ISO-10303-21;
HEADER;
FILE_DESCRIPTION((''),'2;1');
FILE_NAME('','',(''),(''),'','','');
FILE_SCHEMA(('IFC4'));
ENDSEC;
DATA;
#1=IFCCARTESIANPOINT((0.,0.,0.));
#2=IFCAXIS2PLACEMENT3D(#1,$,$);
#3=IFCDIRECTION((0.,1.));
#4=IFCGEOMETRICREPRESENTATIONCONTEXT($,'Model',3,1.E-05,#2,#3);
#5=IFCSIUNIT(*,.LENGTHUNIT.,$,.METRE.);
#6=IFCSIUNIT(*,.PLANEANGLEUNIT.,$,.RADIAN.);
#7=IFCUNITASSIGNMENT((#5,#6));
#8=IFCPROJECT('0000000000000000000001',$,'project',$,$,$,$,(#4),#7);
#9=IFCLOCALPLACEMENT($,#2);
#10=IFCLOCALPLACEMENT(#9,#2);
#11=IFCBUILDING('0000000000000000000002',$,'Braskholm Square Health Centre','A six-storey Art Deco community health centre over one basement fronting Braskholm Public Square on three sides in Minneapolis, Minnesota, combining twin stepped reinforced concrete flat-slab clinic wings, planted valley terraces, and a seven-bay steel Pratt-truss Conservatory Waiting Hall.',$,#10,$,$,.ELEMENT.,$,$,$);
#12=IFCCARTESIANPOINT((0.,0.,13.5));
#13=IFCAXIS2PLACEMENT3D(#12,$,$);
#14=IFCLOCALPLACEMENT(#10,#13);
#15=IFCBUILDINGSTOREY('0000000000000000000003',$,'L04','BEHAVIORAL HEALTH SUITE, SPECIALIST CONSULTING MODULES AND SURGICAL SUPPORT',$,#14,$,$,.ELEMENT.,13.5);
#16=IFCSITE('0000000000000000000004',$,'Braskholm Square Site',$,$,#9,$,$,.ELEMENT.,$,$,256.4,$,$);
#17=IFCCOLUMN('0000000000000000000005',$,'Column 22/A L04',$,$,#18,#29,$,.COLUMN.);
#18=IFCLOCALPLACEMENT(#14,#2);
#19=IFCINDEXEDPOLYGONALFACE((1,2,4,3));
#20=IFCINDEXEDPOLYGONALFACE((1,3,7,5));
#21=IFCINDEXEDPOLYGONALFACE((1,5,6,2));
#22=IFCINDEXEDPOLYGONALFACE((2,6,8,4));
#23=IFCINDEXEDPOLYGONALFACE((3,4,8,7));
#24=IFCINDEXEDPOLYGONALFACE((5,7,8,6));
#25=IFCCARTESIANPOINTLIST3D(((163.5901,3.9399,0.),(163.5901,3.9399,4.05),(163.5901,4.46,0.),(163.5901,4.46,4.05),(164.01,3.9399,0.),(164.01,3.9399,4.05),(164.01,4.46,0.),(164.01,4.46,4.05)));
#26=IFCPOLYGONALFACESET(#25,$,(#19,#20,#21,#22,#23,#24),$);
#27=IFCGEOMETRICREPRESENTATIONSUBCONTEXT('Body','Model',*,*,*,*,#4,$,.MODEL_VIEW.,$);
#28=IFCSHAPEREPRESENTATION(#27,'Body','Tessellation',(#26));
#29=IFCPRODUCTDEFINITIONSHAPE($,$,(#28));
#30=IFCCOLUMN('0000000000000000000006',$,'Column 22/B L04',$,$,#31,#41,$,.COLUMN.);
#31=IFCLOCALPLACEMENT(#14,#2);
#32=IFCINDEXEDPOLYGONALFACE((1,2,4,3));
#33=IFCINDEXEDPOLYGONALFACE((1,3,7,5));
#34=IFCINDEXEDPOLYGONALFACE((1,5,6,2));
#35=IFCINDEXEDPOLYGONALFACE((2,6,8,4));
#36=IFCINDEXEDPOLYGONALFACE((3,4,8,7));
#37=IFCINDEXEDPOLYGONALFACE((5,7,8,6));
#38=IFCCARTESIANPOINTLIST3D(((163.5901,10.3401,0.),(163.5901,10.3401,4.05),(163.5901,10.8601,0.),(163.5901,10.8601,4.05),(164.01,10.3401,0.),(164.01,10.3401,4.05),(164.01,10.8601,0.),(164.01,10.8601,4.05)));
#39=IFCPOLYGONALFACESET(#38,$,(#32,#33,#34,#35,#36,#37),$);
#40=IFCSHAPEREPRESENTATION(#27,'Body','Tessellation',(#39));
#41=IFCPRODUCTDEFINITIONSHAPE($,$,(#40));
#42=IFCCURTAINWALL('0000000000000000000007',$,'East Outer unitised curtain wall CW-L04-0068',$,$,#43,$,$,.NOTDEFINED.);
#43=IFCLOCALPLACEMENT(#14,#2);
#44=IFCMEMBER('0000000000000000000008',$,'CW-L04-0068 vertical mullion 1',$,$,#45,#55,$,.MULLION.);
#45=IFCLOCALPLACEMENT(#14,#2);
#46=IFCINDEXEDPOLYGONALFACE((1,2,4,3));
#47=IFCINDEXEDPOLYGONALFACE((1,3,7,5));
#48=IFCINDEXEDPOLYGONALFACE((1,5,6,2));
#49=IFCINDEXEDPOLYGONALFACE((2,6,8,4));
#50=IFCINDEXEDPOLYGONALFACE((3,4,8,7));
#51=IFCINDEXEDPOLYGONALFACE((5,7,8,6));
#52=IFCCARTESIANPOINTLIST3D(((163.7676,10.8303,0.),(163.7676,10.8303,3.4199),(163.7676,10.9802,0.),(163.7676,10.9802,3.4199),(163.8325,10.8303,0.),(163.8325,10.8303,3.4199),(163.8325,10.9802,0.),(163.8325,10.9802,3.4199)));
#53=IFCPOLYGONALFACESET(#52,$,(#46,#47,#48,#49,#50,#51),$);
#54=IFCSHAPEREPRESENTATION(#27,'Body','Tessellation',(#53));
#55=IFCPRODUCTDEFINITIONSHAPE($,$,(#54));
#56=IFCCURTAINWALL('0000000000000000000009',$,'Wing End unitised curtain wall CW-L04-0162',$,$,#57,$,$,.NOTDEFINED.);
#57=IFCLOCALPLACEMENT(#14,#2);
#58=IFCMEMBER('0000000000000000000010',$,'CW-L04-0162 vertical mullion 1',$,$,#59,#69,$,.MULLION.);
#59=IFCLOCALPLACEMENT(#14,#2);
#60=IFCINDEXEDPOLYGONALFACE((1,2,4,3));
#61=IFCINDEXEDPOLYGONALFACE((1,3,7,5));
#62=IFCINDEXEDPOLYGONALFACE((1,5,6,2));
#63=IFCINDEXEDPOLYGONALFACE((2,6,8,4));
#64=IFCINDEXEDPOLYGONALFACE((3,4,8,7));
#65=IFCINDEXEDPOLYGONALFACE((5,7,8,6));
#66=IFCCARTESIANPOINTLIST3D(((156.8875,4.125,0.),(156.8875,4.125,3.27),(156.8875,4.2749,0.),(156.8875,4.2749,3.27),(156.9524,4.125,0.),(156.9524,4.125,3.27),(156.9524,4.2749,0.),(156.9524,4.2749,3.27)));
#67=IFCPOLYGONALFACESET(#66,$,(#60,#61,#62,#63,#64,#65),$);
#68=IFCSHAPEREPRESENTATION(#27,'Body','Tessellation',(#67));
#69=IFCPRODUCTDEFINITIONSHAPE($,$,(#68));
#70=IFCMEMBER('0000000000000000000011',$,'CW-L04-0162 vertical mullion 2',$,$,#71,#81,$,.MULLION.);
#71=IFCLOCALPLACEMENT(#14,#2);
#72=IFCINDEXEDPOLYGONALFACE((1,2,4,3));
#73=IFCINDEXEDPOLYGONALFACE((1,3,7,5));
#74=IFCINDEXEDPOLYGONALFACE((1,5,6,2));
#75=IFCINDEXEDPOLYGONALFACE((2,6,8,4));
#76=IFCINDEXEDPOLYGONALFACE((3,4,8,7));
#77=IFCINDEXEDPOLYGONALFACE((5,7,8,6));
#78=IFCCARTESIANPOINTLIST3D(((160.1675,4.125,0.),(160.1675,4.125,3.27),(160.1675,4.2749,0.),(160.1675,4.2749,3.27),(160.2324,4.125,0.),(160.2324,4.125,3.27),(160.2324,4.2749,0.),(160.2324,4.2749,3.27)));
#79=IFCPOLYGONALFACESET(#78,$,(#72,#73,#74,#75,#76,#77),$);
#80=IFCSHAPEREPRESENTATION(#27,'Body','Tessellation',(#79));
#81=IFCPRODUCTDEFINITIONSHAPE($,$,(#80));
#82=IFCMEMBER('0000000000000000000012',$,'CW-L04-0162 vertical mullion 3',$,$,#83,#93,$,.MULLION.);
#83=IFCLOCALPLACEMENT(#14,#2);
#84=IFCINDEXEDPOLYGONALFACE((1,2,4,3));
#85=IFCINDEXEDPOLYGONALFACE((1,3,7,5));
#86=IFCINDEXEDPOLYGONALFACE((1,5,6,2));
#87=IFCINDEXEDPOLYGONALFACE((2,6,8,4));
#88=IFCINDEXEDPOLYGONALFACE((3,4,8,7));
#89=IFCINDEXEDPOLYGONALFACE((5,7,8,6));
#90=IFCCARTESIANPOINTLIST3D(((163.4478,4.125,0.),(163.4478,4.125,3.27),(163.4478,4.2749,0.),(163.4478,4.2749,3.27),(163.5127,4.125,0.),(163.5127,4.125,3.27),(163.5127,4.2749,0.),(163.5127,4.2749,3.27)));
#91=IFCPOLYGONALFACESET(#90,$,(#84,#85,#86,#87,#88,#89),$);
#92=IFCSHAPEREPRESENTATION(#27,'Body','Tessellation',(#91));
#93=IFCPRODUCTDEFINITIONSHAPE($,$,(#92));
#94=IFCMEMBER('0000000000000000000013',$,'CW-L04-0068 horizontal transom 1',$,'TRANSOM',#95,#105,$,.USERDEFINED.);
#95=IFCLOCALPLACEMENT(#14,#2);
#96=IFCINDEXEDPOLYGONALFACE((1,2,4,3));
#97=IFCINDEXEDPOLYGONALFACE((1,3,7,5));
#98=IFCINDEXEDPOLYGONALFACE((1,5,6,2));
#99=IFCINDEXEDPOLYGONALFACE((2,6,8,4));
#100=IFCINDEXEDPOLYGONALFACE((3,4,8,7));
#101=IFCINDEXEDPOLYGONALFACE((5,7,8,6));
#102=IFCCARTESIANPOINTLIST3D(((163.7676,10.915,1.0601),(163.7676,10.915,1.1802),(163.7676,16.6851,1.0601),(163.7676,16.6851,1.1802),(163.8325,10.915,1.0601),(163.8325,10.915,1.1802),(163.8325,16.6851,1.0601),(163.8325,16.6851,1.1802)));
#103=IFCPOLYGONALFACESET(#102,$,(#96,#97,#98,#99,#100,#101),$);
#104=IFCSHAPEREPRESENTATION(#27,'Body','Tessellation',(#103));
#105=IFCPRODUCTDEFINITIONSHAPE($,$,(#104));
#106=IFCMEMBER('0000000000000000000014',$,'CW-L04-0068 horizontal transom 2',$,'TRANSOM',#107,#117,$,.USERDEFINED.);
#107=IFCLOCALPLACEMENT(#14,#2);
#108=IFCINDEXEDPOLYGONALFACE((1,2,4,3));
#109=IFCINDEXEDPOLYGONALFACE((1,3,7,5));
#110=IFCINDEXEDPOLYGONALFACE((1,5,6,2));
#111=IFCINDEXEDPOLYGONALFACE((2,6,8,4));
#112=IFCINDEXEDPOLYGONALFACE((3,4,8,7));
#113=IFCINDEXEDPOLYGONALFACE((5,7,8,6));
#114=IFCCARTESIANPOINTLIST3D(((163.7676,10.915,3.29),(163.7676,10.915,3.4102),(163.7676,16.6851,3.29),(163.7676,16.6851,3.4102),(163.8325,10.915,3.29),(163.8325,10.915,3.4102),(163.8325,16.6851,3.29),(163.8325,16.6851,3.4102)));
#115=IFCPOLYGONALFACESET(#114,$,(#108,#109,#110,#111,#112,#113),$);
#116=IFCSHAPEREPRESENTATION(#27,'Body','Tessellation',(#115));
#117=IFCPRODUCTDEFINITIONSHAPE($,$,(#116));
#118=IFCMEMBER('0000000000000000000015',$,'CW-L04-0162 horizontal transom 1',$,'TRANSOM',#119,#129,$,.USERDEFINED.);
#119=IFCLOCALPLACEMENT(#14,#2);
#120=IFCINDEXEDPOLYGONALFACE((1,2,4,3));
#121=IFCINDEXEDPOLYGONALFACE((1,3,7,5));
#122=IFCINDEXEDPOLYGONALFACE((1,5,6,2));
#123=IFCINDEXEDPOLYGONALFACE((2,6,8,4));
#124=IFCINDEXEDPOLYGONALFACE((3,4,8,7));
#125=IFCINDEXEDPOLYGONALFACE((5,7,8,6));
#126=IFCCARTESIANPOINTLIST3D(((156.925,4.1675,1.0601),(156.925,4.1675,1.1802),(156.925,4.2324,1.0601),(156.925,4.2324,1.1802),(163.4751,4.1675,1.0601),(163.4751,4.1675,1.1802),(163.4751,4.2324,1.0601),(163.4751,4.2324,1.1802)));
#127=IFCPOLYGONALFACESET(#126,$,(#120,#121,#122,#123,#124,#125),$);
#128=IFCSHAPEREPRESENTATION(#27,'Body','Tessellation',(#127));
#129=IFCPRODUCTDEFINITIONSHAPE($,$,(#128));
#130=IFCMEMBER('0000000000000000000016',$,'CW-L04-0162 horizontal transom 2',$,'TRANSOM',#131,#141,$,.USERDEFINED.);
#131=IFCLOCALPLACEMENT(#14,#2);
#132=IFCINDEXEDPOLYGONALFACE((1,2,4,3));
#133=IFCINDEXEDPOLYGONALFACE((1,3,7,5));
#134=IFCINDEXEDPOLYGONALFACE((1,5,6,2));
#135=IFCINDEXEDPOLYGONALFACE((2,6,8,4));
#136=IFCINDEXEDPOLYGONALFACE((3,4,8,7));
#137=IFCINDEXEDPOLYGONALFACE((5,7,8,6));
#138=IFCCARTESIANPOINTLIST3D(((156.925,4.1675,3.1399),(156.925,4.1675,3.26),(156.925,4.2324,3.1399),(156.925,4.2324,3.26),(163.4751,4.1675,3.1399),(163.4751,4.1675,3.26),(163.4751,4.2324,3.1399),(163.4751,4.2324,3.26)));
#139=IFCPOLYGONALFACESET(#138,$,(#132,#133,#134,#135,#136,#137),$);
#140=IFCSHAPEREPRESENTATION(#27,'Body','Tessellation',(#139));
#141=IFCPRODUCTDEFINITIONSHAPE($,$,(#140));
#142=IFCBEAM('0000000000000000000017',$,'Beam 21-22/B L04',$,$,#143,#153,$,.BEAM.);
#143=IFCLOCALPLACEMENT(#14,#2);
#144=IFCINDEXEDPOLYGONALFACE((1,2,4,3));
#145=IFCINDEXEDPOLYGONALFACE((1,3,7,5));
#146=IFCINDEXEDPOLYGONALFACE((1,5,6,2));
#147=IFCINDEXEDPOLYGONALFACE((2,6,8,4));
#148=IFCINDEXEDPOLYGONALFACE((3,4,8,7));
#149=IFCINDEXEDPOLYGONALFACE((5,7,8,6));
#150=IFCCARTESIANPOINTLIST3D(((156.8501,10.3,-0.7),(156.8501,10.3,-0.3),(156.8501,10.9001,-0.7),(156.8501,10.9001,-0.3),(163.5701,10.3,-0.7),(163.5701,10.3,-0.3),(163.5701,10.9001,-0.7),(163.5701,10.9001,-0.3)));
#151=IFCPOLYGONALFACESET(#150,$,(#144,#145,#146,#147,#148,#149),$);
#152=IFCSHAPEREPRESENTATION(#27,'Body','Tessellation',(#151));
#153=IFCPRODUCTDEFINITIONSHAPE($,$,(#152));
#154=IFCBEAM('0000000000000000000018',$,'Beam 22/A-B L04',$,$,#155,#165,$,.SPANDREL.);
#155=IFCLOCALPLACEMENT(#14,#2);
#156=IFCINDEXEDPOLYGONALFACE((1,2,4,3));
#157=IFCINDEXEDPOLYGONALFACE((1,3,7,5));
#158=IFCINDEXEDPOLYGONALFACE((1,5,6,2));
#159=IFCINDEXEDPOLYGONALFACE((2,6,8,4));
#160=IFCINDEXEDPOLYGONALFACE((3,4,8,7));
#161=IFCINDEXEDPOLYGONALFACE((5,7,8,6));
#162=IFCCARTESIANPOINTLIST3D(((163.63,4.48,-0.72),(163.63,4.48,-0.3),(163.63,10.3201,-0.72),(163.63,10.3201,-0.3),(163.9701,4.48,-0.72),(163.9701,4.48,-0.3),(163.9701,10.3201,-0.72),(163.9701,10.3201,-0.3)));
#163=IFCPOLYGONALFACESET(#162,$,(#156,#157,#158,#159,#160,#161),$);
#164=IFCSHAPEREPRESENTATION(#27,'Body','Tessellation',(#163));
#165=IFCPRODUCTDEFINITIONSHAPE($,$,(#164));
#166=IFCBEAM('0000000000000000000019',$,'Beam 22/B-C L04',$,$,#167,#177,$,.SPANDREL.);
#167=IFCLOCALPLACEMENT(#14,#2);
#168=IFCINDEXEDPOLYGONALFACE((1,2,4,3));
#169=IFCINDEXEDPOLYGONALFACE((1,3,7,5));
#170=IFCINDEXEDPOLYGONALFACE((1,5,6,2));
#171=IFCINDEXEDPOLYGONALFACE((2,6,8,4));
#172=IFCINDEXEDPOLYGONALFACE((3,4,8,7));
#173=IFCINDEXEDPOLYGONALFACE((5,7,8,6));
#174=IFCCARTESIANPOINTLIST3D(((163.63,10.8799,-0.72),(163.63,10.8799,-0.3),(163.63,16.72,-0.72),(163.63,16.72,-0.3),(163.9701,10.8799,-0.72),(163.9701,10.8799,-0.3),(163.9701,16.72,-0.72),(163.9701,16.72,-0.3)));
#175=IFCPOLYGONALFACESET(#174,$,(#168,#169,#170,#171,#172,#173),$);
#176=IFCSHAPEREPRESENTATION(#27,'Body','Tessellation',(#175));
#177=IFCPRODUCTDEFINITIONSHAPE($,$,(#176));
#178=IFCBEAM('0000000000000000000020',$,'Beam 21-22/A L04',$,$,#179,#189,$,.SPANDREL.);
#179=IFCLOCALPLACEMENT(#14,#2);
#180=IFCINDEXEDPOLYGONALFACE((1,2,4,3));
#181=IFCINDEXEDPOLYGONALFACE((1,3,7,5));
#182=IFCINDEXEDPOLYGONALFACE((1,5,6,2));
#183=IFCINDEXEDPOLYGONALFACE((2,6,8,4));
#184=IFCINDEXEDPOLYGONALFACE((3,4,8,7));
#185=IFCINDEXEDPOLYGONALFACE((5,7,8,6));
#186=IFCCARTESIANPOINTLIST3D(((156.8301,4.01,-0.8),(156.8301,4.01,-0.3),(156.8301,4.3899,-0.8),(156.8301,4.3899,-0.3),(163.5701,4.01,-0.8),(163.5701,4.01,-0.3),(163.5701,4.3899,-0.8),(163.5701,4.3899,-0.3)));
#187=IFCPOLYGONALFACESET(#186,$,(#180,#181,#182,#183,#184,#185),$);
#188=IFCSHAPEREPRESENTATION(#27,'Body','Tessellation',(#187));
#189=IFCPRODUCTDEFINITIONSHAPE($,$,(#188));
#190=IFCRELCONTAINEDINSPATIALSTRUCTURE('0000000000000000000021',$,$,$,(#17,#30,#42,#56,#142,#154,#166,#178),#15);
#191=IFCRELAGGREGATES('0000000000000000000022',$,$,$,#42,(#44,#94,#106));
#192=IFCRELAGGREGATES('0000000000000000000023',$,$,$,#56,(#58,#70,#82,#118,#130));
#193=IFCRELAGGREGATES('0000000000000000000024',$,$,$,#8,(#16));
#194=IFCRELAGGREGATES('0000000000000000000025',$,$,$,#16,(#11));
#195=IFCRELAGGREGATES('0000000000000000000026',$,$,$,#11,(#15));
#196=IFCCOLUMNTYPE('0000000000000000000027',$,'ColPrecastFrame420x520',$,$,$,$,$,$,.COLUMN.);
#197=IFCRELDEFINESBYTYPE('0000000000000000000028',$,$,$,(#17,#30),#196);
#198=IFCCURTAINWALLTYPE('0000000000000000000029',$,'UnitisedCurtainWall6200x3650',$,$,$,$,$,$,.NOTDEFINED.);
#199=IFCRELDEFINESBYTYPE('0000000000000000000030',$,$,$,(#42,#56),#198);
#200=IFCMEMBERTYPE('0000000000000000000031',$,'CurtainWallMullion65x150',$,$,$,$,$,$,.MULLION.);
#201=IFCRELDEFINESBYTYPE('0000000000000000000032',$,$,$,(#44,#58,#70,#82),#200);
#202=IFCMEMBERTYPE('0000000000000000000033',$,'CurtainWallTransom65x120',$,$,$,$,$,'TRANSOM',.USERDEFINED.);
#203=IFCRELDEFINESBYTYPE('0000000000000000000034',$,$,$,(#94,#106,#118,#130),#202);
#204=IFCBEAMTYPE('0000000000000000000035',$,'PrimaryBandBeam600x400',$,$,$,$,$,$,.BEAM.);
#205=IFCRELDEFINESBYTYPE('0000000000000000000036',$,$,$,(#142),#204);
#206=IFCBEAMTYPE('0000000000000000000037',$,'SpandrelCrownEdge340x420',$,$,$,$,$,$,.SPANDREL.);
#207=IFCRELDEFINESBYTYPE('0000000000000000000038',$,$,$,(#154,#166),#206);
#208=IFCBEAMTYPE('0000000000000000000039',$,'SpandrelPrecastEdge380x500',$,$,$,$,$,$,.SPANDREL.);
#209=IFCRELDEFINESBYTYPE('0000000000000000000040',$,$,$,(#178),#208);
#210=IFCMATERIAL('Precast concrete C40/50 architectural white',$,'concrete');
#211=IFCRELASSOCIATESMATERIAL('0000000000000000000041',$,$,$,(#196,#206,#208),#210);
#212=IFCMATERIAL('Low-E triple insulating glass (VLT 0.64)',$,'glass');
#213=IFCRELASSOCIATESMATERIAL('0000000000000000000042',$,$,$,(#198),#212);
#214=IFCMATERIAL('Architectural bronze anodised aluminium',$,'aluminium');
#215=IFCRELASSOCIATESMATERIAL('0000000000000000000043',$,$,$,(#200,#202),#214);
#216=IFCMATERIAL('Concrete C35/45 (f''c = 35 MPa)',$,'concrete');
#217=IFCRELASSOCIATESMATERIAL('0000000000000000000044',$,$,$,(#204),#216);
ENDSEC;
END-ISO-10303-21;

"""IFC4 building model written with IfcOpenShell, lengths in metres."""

from ifc_helpers import new_model, si_unit, direction, frame, origin, origin_2d, place, context, subcontext, project, spatial, rectangle, extrude, material, material_profile, profile_set, type_object, element, aggregate, save


model = new_model("IFC4")

# Units and contexts
model_context = context("Model", 3, precision=1e-05, world=origin(), true_north=direction((0.0, 1.0)))
body_context = subcontext(model_context, "Body", "Model", "MODEL_VIEW")
ifc_project = project(units=[si_unit("LENGTHUNIT", "METRE"), si_unit("PLANEANGLEUNIT", "RADIAN")], contexts=[model_context])

# Site, building, storey
site_placement = place(None, origin())
site = spatial("IfcSite", under=ifc_project, at=site_placement, Name="Braskholm Square Site", CompositionType="ELEMENT", RefElevation=256.4)
building_placement = place(site_placement, origin())
building = spatial("IfcBuilding", under=site, at=building_placement, Name="Braskholm Square Health Centre", Description="A six-storey Art Deco community health centre over one basement fronting Braskholm Public Square on three sides in Minneapolis, Minnesota, combining twin stepped reinforced concrete flat-slab clinic wings, planted valley terraces, and a seven-bay steel Pratt-truss Conservatory Waiting Hall.", CompositionType="ELEMENT")
storey_placement = place(building_placement, frame((0.0, 0.0, 13.5)))
storey = spatial("IfcBuildingStorey", under=building, at=storey_placement, Name="L04", Description="BEHAVIORAL HEALTH SUITE, SPECIALIST CONSULTING MODULES AND SURGICAL SUPPORT", CompositionType="ELEMENT", Elevation=13.5)

# Columns
ifc_material_1 = material(Name="Precast concrete C40/50 architectural white", Category="concrete")
ifc_material_profile_1 = material_profile(ifc_material_1, rectangle(XDim=0.4199, YDim=0.52, at=origin_2d()), Name="RC-420X520")
ifc_profile_set_1 = profile_set([ifc_material_profile_1], Name="Precast concrete C40/50 architectural white")
column_type = type_object("IfcColumnType", Name="ColPrecastFrame420x520", PredefinedType="COLUMN", material=ifc_profile_set_1)
for number, where, z_axis, x_axis, name in (
    (1, (163.8, 4.2, 0.0), (0.0, 0.0, 1.0), (1.0, 0.0, 0.0), "Column 22/A L04"),
    (2, (163.8, 10.6001, 0.0), (0.0, 0.0, 1.0), (1.0, 0.0, 0.0), "Column 22/B L04"),
):
    element("IfcColumn", number, at=place(storey_placement, frame(where, z_axis=z_axis, x_axis=x_axis)), inside=storey, type_object=column_type, Name=name, PredefinedType="COLUMN", context=body_context, shape_type="SweptSolid", body=[
        extrude(rectangle(XDim=0.4199, YDim=0.52, at=origin_2d()), origin(), (0.0, 0.0, 1.0), 4.05),
    ])

# Curtain wall, member
ifc_material_2 = material(Name="Low-E triple insulating glass (VLT 0.64)", Category="glass")
curtain_wall_type = type_object("IfcCurtainWallType", Name="UnitisedCurtainWall6200x3650", PredefinedType="NOTDEFINED", material=ifc_material_2)
curtain_wall_1_placement = place(storey_placement, origin())
curtain_wall_1 = element("IfcCurtainWall", 3, at=curtain_wall_1_placement, inside=storey, type_object=curtain_wall_type, Name="East Outer unitised curtain wall CW-L04-0068", PredefinedType="NOTDEFINED")
ifc_material_3 = material(Name="Architectural bronze anodised aluminium", Category="aluminium")
ifc_material_profile_2 = material_profile(ifc_material_3, rectangle(XDim=0.0649, YDim=0.1499, at=origin_2d()), Name="ALU-65X150")
ifc_profile_set_2 = profile_set([ifc_material_profile_2], Name="Architectural bronze anodised aluminium")
member_type_1 = type_object("IfcMemberType", Name="CurtainWallMullion65x150", PredefinedType="MULLION", material=ifc_profile_set_2)
member_1_placement = place(storey_placement, frame((163.8, 10.9053, 0.0), z_axis=(0.0, 0.0, 1.0), x_axis=(1.0, 0.0, 0.0)))
member_1 = element("IfcMember", 4, at=member_1_placement, type_object=member_type_1, Name="CW-L04-0068 vertical mullion 1", PredefinedType="MULLION", context=body_context, shape_type="SweptSolid", body=[
    extrude(rectangle(XDim=0.0649, YDim=0.1499, at=origin_2d()), origin(), (0.0, 0.0, 1.0), 3.4199),
])

# Curtain wall, members
curtain_wall_2_placement = place(storey_placement, origin())
curtain_wall_2 = element("IfcCurtainWall", 5, at=curtain_wall_2_placement, inside=storey, type_object=curtain_wall_type, Name="Wing End unitised curtain wall CW-L04-0162", PredefinedType="NOTDEFINED")
member_2_placement = place(storey_placement, frame((156.9199, 4.2, 0.0), z_axis=(0.0, 0.0, 1.0), x_axis=(1.0, 0.0, 0.0)))
member_2 = element("IfcMember", 6, at=member_2_placement, type_object=member_type_1, Name="CW-L04-0162 vertical mullion 1", PredefinedType="MULLION", context=body_context, shape_type="SweptSolid", body=[
    extrude(rectangle(XDim=0.0649, YDim=0.1499, at=origin_2d()), origin(), (0.0, 0.0, 1.0), 3.27),
])
member_3_placement = place(storey_placement, frame((160.2, 4.2, 0.0), z_axis=(0.0, 0.0, 1.0), x_axis=(1.0, 0.0, 0.0)))
member_3 = element("IfcMember", 7, at=member_3_placement, type_object=member_type_1, Name="CW-L04-0162 vertical mullion 2", PredefinedType="MULLION", context=body_context, shape_type="SweptSolid", body=[
    extrude(rectangle(XDim=0.0649, YDim=0.1499, at=origin_2d()), origin(), (0.0, 0.0, 1.0), 3.27),
])
member_4_placement = place(storey_placement, frame((163.4802, 4.2, 0.0), z_axis=(0.0, 0.0, 1.0), x_axis=(1.0, 0.0, 0.0)))
member_4 = element("IfcMember", 8, at=member_4_placement, type_object=member_type_1, Name="CW-L04-0162 vertical mullion 3", PredefinedType="MULLION", context=body_context, shape_type="SweptSolid", body=[
    extrude(rectangle(XDim=0.0649, YDim=0.1499, at=origin_2d()), origin(), (0.0, 0.0, 1.0), 3.27),
])

# Members
ifc_material_profile_3 = material_profile(ifc_material_3, rectangle(XDim=0.0649, YDim=0.1201, at=origin_2d()), Name="ALU-65X120")
ifc_profile_set_3 = profile_set([ifc_material_profile_3], Name="Architectural bronze anodised aluminium")
member_type_2 = type_object("IfcMemberType", Name="CurtainWallTransom65x120", ElementType="TRANSOM", PredefinedType="USERDEFINED", material=ifc_profile_set_3)
member_5_placement = place(storey_placement, frame((163.8, 10.915, 1.1201), z_axis=(0.0, 1.0, 0.0), x_axis=(-1.0, 0.0, 0.0)))
member_5 = element("IfcMember", 9, at=member_5_placement, type_object=member_type_2, Name="CW-L04-0068 horizontal transom 1", ObjectType="TRANSOM", PredefinedType="USERDEFINED", context=body_context, shape_type="SweptSolid", body=[
    extrude(rectangle(XDim=0.0649, YDim=0.1201, at=origin_2d()), origin(), (0.0, 0.0, 1.0), 5.77),
])
member_6_placement = place(storey_placement, frame((163.8, 10.915, 3.3501), z_axis=(0.0, 1.0, 0.0), x_axis=(-1.0, 0.0, 0.0)))
member_6 = element("IfcMember", 10, at=member_6_placement, type_object=member_type_2, Name="CW-L04-0068 horizontal transom 2", ObjectType="TRANSOM", PredefinedType="USERDEFINED", context=body_context, shape_type="SweptSolid", body=[
    extrude(rectangle(XDim=0.0649, YDim=0.1201, at=origin_2d()), origin(), (0.0, 0.0, 1.0), 5.77),
])
member_7_placement = place(storey_placement, frame((156.925, 4.2, 1.1201), z_axis=(1.0, 0.0, 0.0), x_axis=(0.0, 1.0, 0.0)))
member_7 = element("IfcMember", 11, at=member_7_placement, type_object=member_type_2, Name="CW-L04-0162 horizontal transom 1", ObjectType="TRANSOM", PredefinedType="USERDEFINED", context=body_context, shape_type="SweptSolid", body=[
    extrude(rectangle(XDim=0.0649, YDim=0.1201, at=origin_2d()), origin(), (0.0, 0.0, 1.0), 6.55),
])
member_8_placement = place(storey_placement, frame((156.925, 4.2, 3.2), z_axis=(1.0, 0.0, 0.0), x_axis=(0.0, 1.0, 0.0)))
member_8 = element("IfcMember", 12, at=member_8_placement, type_object=member_type_2, Name="CW-L04-0162 horizontal transom 2", ObjectType="TRANSOM", PredefinedType="USERDEFINED", context=body_context, shape_type="SweptSolid", body=[
    extrude(rectangle(XDim=0.0649, YDim=0.1201, at=origin_2d()), origin(), (0.0, 0.0, 1.0), 6.55),
])

# Beams
ifc_material_4 = material(Name="Concrete C35/45 (f'c = 35 MPa)", Category="concrete")
ifc_material_profile_4 = material_profile(ifc_material_4, rectangle(XDim=0.6001, YDim=0.3999, at=origin_2d()), Name="RCB-600X400")
ifc_profile_set_4 = profile_set([ifc_material_profile_4], Name="Concrete C35/45 (f'c = 35 MPa)")
beam_type_1 = type_object("IfcBeamType", Name="PrimaryBandBeam600x400", PredefinedType="BEAM", material=ifc_profile_set_4)
beam_1_placement = place(storey_placement, frame((156.8501, 10.6001, -0.5), z_axis=(1.0, 0.0, 0.0), x_axis=(0.0, 1.0, 0.0)))
element("IfcBeam", 13, at=beam_1_placement, inside=storey, type_object=beam_type_1, Name="Beam 21-22/B L04", PredefinedType="BEAM", context=body_context, shape_type="SweptSolid", body=[
    extrude(rectangle(XDim=0.6001, YDim=0.3999, at=origin_2d()), origin(), (0.0, 0.0, 1.0), 6.72),
])
ifc_material_profile_5 = material_profile(ifc_material_1, rectangle(XDim=0.3401, YDim=0.4199, at=origin_2d()), Name="RCB-340X420")
ifc_profile_set_5 = profile_set([ifc_material_profile_5], Name="Precast concrete C40/50 architectural white")
beam_type_2 = type_object("IfcBeamType", Name="SpandrelCrownEdge340x420", PredefinedType="SPANDREL", material=ifc_profile_set_5)
for number, where, z_axis, x_axis, name in (
    (14, (163.8, 4.48, -0.51), (0.0, 1.0, 0.0), (-1.0, 0.0, 0.0), "Beam 22/A-B L04"),
    (15, (163.8, 10.8799, -0.51), (0.0, 1.0, 0.0), (-1.0, 0.0, 0.0), "Beam 22/B-C L04"),
):
    element("IfcBeam", number, at=place(storey_placement, frame(where, z_axis=z_axis, x_axis=x_axis)), inside=storey, type_object=beam_type_2, Name=name, PredefinedType="SPANDREL", context=body_context, shape_type="SweptSolid", body=[
        extrude(rectangle(XDim=0.3401, YDim=0.4199, at=origin_2d()), origin(), (0.0, 0.0, 1.0), 5.8401),
    ])
ifc_material_profile_6 = material_profile(ifc_material_1, rectangle(XDim=0.3799, YDim=0.5, at=origin_2d()), Name="RCB-380X500")
ifc_profile_set_6 = profile_set([ifc_material_profile_6], Name="Precast concrete C40/50 architectural white")
beam_type_3 = type_object("IfcBeamType", Name="SpandrelPrecastEdge380x500", PredefinedType="SPANDREL", material=ifc_profile_set_6)
beam_2_placement = place(storey_placement, frame((156.8301, 4.2, -0.55), z_axis=(1.0, 0.0, 0.0), x_axis=(0.0, 1.0, 0.0)))
element("IfcBeam", 16, at=beam_2_placement, inside=storey, type_object=beam_type_3, Name="Beam 21-22/A L04", PredefinedType="SPANDREL", context=body_context, shape_type="SweptSolid", body=[
    extrude(rectangle(XDim=0.3799, YDim=0.5, at=origin_2d()), origin(), (0.0, 0.0, 1.0), 6.74),
])

aggregate(curtain_wall_1, [member_1, member_5, member_6])
aggregate(curtain_wall_2, [member_2, member_3, member_4, member_7, member_8])

save(model, "model.ifc")
